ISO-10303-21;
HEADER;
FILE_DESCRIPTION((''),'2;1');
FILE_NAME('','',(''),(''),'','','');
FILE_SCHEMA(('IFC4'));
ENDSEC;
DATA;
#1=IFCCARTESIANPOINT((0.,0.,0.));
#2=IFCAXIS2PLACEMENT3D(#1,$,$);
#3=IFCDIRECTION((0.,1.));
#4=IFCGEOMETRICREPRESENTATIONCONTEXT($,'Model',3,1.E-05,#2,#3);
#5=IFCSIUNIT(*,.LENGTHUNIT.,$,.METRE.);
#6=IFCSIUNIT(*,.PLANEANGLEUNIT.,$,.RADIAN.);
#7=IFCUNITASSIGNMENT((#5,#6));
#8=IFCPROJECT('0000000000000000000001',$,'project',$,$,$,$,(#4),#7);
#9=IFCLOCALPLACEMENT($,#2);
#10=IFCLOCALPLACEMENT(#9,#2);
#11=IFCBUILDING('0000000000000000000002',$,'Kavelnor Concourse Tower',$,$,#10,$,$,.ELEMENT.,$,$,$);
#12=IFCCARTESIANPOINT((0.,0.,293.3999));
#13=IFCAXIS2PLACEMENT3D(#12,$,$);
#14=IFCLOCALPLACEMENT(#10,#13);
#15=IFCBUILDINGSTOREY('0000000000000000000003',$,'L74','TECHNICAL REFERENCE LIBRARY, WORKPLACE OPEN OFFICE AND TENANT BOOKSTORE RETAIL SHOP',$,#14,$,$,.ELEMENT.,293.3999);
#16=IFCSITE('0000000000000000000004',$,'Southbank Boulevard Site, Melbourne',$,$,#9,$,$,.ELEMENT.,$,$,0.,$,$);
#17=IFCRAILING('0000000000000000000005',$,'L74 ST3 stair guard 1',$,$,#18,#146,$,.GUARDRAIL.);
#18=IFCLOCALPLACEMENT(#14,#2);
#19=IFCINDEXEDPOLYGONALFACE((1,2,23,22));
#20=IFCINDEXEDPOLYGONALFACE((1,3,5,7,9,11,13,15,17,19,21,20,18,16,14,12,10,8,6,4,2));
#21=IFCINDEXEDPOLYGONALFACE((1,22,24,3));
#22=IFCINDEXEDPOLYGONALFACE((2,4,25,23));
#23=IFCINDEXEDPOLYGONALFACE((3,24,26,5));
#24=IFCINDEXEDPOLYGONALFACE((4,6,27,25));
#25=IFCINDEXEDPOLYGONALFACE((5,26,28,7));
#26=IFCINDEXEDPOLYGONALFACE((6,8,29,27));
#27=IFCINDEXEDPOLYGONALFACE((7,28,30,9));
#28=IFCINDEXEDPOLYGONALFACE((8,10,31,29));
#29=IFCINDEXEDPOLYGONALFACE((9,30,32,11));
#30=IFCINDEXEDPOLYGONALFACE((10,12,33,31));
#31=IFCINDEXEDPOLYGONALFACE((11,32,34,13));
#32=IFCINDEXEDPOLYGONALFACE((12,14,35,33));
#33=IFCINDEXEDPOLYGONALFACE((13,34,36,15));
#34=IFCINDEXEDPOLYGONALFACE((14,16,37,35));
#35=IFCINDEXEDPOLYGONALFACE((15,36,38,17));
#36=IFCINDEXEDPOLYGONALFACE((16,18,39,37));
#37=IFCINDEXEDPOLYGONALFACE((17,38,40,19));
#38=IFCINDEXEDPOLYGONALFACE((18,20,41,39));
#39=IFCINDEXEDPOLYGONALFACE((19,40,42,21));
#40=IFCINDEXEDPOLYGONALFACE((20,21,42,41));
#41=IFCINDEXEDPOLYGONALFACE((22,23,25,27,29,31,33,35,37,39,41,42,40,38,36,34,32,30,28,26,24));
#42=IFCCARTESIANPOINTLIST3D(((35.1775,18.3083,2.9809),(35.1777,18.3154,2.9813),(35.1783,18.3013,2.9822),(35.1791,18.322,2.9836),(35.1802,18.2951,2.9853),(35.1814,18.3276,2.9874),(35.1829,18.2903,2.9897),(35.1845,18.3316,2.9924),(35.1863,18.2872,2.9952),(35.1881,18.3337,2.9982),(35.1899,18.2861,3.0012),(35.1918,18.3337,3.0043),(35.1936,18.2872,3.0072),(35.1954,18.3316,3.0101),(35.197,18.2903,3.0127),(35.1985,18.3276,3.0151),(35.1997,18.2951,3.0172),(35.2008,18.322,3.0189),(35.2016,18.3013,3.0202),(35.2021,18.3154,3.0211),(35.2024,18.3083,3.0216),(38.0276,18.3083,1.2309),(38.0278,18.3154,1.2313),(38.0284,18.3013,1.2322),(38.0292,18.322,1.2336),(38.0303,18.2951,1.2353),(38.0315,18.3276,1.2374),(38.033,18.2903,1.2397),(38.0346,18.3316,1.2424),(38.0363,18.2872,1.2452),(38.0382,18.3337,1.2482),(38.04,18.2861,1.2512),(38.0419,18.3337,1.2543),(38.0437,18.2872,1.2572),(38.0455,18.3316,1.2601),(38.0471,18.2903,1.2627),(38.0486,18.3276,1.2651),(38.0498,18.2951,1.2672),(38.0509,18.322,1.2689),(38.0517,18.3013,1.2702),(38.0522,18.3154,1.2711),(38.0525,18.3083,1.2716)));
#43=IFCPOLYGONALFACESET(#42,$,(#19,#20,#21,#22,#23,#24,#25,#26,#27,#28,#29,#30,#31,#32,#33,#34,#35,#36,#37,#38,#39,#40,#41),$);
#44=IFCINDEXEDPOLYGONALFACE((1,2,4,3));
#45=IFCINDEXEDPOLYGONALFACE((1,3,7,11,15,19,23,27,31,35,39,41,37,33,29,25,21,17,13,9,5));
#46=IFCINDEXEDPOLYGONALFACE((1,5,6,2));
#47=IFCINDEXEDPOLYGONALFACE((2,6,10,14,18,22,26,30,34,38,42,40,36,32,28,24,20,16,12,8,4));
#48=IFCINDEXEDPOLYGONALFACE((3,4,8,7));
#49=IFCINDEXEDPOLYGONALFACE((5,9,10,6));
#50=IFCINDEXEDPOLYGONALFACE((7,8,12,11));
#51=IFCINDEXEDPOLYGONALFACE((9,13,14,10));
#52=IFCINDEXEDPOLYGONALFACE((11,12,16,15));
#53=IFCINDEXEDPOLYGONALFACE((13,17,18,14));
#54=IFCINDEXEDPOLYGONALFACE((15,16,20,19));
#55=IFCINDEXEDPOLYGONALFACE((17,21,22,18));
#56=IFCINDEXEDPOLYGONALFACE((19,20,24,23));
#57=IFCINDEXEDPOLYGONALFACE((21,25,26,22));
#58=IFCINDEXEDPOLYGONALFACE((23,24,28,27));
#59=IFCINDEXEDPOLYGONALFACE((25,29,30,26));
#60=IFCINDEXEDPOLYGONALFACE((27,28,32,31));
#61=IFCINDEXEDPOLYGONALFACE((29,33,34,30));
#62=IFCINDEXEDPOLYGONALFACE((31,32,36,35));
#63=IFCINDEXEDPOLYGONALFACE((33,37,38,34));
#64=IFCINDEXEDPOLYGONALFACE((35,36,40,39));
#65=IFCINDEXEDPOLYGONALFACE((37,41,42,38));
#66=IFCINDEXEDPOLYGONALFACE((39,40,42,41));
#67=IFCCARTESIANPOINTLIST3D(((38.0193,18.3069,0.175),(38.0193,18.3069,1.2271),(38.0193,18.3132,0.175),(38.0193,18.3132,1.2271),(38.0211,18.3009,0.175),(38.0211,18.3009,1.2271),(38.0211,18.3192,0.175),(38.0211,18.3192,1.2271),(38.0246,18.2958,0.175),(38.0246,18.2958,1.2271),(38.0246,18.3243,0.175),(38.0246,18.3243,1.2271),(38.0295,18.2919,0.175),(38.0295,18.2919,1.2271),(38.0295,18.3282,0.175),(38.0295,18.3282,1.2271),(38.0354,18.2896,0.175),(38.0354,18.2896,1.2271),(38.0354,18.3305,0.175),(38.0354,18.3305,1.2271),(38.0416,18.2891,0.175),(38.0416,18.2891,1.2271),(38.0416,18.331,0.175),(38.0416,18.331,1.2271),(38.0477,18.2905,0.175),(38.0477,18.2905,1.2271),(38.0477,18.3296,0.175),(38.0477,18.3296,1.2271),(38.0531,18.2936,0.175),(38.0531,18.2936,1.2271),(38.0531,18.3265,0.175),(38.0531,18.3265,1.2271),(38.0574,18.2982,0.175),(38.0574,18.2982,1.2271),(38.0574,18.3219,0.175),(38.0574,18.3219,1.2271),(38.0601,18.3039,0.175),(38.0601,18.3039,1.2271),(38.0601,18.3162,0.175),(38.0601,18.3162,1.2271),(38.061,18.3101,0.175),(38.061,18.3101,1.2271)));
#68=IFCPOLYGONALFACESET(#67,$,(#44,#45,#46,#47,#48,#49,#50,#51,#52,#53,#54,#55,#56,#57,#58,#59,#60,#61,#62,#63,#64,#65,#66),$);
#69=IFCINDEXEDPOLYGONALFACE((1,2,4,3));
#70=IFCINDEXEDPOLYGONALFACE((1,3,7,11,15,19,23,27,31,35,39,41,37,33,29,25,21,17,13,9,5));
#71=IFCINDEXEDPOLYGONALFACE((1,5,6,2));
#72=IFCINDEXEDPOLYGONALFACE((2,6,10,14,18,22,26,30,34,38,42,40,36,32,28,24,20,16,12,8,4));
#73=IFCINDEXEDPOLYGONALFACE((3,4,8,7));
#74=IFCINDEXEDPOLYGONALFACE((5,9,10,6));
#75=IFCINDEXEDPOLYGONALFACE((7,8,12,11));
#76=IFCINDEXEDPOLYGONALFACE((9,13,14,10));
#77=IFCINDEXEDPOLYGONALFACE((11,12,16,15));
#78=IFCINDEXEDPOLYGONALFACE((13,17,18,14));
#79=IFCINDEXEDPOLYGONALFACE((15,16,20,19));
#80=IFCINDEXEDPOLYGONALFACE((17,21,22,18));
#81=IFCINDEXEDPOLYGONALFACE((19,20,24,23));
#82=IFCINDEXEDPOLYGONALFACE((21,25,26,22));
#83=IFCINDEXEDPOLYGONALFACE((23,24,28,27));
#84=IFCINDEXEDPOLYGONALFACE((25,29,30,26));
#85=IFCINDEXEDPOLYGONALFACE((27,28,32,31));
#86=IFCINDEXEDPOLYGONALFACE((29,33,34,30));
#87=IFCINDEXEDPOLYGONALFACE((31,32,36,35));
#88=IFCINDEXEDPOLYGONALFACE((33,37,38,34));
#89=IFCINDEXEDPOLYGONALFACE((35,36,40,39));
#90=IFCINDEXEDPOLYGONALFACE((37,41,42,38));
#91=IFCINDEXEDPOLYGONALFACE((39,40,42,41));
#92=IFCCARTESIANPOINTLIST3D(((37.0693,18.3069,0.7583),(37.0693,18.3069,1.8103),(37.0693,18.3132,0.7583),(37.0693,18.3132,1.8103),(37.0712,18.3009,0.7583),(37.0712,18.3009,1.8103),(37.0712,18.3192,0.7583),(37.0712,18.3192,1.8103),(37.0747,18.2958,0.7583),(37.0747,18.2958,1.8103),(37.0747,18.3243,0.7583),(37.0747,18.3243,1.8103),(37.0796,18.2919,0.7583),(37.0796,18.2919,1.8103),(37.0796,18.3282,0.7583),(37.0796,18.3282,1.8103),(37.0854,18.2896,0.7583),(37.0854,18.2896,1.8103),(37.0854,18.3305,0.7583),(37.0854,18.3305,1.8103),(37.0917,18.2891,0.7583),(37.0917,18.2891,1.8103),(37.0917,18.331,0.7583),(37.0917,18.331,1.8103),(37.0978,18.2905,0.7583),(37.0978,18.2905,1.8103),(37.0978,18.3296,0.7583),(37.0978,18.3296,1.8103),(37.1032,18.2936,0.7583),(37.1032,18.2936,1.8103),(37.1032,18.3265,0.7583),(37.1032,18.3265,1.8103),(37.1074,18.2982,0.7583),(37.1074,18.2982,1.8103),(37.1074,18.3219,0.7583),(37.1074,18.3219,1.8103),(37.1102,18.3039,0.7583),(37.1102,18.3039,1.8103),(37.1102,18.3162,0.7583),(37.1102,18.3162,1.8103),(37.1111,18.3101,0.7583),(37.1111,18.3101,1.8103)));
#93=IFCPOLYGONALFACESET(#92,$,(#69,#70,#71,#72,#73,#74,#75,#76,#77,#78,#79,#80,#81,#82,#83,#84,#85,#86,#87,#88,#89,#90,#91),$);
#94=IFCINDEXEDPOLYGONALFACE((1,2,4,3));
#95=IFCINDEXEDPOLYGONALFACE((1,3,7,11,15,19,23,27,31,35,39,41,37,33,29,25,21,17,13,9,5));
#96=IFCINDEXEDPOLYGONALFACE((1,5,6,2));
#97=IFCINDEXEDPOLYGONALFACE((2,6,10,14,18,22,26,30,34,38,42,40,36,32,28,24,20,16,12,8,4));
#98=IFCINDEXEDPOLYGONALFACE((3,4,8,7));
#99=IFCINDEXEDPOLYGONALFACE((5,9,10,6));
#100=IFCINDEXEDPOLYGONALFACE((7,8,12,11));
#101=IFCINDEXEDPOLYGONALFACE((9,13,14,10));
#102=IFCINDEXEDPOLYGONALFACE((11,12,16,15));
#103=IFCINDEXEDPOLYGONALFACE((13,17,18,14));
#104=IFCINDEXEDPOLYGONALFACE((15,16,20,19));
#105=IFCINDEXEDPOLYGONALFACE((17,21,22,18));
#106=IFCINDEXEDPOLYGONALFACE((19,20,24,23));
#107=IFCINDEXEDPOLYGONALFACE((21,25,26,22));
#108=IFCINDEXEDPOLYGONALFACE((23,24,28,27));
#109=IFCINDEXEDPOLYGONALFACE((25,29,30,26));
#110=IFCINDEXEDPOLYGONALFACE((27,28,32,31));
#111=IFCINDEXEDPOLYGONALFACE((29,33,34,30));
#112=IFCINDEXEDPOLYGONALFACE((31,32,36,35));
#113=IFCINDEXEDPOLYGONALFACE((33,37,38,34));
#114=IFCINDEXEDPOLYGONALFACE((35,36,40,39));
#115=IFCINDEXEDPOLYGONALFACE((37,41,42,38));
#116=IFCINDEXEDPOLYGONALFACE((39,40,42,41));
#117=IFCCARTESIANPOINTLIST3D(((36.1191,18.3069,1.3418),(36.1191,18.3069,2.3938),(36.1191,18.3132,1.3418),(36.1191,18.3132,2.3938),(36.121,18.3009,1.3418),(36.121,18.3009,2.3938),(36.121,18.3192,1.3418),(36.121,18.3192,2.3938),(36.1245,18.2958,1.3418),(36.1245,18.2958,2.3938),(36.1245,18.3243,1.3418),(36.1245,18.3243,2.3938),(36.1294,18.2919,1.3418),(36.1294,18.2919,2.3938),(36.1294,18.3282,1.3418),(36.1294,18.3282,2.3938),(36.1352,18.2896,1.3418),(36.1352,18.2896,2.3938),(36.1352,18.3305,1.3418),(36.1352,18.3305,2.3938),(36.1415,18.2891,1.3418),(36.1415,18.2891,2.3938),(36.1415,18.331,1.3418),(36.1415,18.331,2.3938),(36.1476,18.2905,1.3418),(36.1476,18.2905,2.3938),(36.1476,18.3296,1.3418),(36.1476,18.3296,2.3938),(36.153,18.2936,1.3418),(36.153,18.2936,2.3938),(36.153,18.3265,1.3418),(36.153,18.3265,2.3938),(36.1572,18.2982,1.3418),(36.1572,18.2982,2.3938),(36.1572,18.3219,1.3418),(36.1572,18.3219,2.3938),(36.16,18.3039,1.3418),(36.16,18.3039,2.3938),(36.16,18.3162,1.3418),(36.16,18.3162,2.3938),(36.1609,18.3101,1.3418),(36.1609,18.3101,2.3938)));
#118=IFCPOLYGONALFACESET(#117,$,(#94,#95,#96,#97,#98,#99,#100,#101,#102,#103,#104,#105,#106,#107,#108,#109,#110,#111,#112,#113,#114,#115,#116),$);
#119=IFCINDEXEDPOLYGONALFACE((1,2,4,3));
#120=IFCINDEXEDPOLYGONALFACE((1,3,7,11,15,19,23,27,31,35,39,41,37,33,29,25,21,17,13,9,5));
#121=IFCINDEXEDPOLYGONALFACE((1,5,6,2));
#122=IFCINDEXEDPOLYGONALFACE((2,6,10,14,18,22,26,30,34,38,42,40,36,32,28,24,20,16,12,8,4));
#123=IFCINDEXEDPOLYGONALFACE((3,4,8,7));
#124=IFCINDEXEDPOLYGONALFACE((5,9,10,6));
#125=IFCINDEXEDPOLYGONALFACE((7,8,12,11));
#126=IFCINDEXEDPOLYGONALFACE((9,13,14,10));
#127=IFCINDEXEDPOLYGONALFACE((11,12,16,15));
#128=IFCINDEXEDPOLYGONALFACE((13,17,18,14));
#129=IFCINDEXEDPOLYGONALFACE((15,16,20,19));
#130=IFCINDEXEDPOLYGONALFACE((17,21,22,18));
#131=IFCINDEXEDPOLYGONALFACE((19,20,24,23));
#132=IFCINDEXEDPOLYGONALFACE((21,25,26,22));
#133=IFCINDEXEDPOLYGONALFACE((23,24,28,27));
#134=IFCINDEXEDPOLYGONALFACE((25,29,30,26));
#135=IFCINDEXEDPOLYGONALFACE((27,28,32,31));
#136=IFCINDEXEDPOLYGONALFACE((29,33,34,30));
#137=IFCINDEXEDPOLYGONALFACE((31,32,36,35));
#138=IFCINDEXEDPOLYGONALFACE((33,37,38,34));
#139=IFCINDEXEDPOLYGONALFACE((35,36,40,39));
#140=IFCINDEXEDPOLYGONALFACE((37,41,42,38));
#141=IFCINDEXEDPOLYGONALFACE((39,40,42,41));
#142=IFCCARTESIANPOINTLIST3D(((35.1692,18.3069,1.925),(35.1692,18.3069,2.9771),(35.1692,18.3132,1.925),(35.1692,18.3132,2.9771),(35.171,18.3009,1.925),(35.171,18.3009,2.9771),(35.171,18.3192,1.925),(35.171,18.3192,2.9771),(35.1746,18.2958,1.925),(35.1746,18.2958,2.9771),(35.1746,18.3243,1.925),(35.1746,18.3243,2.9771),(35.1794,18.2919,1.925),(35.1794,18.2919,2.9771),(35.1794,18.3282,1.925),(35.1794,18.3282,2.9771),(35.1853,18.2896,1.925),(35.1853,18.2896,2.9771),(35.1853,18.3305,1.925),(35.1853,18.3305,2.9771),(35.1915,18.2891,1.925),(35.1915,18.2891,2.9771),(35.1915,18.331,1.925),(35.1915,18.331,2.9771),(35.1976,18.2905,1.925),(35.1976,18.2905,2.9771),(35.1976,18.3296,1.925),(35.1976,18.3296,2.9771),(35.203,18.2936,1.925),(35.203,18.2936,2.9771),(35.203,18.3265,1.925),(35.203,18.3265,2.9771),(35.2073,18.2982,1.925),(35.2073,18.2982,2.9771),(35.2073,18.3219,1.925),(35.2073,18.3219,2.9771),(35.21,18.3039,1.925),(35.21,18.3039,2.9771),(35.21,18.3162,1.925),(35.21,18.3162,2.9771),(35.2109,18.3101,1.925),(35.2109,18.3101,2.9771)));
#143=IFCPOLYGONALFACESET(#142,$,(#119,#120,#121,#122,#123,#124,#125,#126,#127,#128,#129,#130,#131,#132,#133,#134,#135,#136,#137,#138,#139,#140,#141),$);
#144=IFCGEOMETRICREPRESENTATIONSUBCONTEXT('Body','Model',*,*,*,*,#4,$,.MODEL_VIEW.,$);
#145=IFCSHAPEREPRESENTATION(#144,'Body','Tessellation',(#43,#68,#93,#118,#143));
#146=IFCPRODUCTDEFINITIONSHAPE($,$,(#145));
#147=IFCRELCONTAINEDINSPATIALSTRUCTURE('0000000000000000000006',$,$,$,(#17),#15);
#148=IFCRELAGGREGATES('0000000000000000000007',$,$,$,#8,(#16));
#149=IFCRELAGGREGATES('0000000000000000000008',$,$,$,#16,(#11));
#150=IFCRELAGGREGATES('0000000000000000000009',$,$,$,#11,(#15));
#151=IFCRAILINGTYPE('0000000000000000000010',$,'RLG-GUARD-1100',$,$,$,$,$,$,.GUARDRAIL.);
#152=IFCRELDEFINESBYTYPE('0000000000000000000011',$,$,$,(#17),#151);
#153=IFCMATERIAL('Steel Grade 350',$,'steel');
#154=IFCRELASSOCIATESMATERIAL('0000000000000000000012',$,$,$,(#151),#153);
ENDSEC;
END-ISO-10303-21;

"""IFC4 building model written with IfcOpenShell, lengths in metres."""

from ifc_helpers import new_model, si_unit, direction, frame, origin, origin_2d, place, context, subcontext, project, spatial, circle, extrude, material, type_object, element, save


model = new_model("IFC4")

# Units and contexts
model_context = context("Model", 3, precision=1e-05, world=origin(), true_north=direction((0.0, 1.0)))
body_context = subcontext(model_context, "Body", "Model", "MODEL_VIEW")
ifc_project = project(units=[si_unit("LENGTHUNIT", "METRE"), si_unit("PLANEANGLEUNIT", "RADIAN")], contexts=[model_context])

# Site, building, storey
site_placement = place(None, origin())
site = spatial("IfcSite", under=ifc_project, at=site_placement, Name="Southbank Boulevard Site, Melbourne", CompositionType="ELEMENT", RefElevation=0.0)
building_placement = place(site_placement, origin())
building = spatial("IfcBuilding", under=site, at=building_placement, Name="Kavelnor Concourse Tower", CompositionType="ELEMENT")
storey_placement = place(building_placement, frame((0.0, 0.0, 293.3999)))
storey = spatial("IfcBuildingStorey", under=building, at=storey_placement, Name="L74", Description="TECHNICAL REFERENCE LIBRARY, WORKPLACE OPEN OFFICE AND TENANT BOOKSTORE RETAIL SHOP", CompositionType="ELEMENT", Elevation=293.3999)

# Shared definitions
ifc_material_1 = material(Name="Steel Grade 350", Category="steel")

# Railing
railing_type_1 = type_object("IfcRailingType", Name="RLG-GUARD-1100", PredefinedType="GUARDRAIL", material=ifc_material_1)
railing_1_placement = place(storey_placement, frame((38.04, 18.3101, 0.175)))
element("IfcRailing", 1, at=railing_1_placement, inside=storey, type_object=railing_type_1, Name="L74 ST3 stair guard 1", PredefinedType="GUARDRAIL", context=body_context, shape_type="SweptSolid", body=[
    extrude(circle(Radius=0.0239, at=origin_2d()), frame((0.0, 0.0, 1.0762), z_axis=(-0.852179, 0.0, 0.52325), x_axis=(0.0, -1.0, 0.0)), (0.0, 0.0, 1.0), 3.3445),
    extrude(circle(Radius=0.021, at=origin_2d()), origin(), (0.0, 0.0, 1.0), 1.052),
    extrude(circle(Radius=0.021, at=origin_2d()), frame((-0.95, 0.0, 0.5833)), (0.0, 0.0, 1.0), 1.052),
    extrude(circle(Radius=0.021, at=origin_2d()), frame((-1.9001, 0.0, 1.1667)), (0.0, 0.0, 1.0), 1.052),
    extrude(circle(Radius=0.021, at=origin_2d()), frame((-2.8501, 0.0, 1.75)), (0.0, 0.0, 1.0), 1.052),
])

save(model, "model.ifc")
